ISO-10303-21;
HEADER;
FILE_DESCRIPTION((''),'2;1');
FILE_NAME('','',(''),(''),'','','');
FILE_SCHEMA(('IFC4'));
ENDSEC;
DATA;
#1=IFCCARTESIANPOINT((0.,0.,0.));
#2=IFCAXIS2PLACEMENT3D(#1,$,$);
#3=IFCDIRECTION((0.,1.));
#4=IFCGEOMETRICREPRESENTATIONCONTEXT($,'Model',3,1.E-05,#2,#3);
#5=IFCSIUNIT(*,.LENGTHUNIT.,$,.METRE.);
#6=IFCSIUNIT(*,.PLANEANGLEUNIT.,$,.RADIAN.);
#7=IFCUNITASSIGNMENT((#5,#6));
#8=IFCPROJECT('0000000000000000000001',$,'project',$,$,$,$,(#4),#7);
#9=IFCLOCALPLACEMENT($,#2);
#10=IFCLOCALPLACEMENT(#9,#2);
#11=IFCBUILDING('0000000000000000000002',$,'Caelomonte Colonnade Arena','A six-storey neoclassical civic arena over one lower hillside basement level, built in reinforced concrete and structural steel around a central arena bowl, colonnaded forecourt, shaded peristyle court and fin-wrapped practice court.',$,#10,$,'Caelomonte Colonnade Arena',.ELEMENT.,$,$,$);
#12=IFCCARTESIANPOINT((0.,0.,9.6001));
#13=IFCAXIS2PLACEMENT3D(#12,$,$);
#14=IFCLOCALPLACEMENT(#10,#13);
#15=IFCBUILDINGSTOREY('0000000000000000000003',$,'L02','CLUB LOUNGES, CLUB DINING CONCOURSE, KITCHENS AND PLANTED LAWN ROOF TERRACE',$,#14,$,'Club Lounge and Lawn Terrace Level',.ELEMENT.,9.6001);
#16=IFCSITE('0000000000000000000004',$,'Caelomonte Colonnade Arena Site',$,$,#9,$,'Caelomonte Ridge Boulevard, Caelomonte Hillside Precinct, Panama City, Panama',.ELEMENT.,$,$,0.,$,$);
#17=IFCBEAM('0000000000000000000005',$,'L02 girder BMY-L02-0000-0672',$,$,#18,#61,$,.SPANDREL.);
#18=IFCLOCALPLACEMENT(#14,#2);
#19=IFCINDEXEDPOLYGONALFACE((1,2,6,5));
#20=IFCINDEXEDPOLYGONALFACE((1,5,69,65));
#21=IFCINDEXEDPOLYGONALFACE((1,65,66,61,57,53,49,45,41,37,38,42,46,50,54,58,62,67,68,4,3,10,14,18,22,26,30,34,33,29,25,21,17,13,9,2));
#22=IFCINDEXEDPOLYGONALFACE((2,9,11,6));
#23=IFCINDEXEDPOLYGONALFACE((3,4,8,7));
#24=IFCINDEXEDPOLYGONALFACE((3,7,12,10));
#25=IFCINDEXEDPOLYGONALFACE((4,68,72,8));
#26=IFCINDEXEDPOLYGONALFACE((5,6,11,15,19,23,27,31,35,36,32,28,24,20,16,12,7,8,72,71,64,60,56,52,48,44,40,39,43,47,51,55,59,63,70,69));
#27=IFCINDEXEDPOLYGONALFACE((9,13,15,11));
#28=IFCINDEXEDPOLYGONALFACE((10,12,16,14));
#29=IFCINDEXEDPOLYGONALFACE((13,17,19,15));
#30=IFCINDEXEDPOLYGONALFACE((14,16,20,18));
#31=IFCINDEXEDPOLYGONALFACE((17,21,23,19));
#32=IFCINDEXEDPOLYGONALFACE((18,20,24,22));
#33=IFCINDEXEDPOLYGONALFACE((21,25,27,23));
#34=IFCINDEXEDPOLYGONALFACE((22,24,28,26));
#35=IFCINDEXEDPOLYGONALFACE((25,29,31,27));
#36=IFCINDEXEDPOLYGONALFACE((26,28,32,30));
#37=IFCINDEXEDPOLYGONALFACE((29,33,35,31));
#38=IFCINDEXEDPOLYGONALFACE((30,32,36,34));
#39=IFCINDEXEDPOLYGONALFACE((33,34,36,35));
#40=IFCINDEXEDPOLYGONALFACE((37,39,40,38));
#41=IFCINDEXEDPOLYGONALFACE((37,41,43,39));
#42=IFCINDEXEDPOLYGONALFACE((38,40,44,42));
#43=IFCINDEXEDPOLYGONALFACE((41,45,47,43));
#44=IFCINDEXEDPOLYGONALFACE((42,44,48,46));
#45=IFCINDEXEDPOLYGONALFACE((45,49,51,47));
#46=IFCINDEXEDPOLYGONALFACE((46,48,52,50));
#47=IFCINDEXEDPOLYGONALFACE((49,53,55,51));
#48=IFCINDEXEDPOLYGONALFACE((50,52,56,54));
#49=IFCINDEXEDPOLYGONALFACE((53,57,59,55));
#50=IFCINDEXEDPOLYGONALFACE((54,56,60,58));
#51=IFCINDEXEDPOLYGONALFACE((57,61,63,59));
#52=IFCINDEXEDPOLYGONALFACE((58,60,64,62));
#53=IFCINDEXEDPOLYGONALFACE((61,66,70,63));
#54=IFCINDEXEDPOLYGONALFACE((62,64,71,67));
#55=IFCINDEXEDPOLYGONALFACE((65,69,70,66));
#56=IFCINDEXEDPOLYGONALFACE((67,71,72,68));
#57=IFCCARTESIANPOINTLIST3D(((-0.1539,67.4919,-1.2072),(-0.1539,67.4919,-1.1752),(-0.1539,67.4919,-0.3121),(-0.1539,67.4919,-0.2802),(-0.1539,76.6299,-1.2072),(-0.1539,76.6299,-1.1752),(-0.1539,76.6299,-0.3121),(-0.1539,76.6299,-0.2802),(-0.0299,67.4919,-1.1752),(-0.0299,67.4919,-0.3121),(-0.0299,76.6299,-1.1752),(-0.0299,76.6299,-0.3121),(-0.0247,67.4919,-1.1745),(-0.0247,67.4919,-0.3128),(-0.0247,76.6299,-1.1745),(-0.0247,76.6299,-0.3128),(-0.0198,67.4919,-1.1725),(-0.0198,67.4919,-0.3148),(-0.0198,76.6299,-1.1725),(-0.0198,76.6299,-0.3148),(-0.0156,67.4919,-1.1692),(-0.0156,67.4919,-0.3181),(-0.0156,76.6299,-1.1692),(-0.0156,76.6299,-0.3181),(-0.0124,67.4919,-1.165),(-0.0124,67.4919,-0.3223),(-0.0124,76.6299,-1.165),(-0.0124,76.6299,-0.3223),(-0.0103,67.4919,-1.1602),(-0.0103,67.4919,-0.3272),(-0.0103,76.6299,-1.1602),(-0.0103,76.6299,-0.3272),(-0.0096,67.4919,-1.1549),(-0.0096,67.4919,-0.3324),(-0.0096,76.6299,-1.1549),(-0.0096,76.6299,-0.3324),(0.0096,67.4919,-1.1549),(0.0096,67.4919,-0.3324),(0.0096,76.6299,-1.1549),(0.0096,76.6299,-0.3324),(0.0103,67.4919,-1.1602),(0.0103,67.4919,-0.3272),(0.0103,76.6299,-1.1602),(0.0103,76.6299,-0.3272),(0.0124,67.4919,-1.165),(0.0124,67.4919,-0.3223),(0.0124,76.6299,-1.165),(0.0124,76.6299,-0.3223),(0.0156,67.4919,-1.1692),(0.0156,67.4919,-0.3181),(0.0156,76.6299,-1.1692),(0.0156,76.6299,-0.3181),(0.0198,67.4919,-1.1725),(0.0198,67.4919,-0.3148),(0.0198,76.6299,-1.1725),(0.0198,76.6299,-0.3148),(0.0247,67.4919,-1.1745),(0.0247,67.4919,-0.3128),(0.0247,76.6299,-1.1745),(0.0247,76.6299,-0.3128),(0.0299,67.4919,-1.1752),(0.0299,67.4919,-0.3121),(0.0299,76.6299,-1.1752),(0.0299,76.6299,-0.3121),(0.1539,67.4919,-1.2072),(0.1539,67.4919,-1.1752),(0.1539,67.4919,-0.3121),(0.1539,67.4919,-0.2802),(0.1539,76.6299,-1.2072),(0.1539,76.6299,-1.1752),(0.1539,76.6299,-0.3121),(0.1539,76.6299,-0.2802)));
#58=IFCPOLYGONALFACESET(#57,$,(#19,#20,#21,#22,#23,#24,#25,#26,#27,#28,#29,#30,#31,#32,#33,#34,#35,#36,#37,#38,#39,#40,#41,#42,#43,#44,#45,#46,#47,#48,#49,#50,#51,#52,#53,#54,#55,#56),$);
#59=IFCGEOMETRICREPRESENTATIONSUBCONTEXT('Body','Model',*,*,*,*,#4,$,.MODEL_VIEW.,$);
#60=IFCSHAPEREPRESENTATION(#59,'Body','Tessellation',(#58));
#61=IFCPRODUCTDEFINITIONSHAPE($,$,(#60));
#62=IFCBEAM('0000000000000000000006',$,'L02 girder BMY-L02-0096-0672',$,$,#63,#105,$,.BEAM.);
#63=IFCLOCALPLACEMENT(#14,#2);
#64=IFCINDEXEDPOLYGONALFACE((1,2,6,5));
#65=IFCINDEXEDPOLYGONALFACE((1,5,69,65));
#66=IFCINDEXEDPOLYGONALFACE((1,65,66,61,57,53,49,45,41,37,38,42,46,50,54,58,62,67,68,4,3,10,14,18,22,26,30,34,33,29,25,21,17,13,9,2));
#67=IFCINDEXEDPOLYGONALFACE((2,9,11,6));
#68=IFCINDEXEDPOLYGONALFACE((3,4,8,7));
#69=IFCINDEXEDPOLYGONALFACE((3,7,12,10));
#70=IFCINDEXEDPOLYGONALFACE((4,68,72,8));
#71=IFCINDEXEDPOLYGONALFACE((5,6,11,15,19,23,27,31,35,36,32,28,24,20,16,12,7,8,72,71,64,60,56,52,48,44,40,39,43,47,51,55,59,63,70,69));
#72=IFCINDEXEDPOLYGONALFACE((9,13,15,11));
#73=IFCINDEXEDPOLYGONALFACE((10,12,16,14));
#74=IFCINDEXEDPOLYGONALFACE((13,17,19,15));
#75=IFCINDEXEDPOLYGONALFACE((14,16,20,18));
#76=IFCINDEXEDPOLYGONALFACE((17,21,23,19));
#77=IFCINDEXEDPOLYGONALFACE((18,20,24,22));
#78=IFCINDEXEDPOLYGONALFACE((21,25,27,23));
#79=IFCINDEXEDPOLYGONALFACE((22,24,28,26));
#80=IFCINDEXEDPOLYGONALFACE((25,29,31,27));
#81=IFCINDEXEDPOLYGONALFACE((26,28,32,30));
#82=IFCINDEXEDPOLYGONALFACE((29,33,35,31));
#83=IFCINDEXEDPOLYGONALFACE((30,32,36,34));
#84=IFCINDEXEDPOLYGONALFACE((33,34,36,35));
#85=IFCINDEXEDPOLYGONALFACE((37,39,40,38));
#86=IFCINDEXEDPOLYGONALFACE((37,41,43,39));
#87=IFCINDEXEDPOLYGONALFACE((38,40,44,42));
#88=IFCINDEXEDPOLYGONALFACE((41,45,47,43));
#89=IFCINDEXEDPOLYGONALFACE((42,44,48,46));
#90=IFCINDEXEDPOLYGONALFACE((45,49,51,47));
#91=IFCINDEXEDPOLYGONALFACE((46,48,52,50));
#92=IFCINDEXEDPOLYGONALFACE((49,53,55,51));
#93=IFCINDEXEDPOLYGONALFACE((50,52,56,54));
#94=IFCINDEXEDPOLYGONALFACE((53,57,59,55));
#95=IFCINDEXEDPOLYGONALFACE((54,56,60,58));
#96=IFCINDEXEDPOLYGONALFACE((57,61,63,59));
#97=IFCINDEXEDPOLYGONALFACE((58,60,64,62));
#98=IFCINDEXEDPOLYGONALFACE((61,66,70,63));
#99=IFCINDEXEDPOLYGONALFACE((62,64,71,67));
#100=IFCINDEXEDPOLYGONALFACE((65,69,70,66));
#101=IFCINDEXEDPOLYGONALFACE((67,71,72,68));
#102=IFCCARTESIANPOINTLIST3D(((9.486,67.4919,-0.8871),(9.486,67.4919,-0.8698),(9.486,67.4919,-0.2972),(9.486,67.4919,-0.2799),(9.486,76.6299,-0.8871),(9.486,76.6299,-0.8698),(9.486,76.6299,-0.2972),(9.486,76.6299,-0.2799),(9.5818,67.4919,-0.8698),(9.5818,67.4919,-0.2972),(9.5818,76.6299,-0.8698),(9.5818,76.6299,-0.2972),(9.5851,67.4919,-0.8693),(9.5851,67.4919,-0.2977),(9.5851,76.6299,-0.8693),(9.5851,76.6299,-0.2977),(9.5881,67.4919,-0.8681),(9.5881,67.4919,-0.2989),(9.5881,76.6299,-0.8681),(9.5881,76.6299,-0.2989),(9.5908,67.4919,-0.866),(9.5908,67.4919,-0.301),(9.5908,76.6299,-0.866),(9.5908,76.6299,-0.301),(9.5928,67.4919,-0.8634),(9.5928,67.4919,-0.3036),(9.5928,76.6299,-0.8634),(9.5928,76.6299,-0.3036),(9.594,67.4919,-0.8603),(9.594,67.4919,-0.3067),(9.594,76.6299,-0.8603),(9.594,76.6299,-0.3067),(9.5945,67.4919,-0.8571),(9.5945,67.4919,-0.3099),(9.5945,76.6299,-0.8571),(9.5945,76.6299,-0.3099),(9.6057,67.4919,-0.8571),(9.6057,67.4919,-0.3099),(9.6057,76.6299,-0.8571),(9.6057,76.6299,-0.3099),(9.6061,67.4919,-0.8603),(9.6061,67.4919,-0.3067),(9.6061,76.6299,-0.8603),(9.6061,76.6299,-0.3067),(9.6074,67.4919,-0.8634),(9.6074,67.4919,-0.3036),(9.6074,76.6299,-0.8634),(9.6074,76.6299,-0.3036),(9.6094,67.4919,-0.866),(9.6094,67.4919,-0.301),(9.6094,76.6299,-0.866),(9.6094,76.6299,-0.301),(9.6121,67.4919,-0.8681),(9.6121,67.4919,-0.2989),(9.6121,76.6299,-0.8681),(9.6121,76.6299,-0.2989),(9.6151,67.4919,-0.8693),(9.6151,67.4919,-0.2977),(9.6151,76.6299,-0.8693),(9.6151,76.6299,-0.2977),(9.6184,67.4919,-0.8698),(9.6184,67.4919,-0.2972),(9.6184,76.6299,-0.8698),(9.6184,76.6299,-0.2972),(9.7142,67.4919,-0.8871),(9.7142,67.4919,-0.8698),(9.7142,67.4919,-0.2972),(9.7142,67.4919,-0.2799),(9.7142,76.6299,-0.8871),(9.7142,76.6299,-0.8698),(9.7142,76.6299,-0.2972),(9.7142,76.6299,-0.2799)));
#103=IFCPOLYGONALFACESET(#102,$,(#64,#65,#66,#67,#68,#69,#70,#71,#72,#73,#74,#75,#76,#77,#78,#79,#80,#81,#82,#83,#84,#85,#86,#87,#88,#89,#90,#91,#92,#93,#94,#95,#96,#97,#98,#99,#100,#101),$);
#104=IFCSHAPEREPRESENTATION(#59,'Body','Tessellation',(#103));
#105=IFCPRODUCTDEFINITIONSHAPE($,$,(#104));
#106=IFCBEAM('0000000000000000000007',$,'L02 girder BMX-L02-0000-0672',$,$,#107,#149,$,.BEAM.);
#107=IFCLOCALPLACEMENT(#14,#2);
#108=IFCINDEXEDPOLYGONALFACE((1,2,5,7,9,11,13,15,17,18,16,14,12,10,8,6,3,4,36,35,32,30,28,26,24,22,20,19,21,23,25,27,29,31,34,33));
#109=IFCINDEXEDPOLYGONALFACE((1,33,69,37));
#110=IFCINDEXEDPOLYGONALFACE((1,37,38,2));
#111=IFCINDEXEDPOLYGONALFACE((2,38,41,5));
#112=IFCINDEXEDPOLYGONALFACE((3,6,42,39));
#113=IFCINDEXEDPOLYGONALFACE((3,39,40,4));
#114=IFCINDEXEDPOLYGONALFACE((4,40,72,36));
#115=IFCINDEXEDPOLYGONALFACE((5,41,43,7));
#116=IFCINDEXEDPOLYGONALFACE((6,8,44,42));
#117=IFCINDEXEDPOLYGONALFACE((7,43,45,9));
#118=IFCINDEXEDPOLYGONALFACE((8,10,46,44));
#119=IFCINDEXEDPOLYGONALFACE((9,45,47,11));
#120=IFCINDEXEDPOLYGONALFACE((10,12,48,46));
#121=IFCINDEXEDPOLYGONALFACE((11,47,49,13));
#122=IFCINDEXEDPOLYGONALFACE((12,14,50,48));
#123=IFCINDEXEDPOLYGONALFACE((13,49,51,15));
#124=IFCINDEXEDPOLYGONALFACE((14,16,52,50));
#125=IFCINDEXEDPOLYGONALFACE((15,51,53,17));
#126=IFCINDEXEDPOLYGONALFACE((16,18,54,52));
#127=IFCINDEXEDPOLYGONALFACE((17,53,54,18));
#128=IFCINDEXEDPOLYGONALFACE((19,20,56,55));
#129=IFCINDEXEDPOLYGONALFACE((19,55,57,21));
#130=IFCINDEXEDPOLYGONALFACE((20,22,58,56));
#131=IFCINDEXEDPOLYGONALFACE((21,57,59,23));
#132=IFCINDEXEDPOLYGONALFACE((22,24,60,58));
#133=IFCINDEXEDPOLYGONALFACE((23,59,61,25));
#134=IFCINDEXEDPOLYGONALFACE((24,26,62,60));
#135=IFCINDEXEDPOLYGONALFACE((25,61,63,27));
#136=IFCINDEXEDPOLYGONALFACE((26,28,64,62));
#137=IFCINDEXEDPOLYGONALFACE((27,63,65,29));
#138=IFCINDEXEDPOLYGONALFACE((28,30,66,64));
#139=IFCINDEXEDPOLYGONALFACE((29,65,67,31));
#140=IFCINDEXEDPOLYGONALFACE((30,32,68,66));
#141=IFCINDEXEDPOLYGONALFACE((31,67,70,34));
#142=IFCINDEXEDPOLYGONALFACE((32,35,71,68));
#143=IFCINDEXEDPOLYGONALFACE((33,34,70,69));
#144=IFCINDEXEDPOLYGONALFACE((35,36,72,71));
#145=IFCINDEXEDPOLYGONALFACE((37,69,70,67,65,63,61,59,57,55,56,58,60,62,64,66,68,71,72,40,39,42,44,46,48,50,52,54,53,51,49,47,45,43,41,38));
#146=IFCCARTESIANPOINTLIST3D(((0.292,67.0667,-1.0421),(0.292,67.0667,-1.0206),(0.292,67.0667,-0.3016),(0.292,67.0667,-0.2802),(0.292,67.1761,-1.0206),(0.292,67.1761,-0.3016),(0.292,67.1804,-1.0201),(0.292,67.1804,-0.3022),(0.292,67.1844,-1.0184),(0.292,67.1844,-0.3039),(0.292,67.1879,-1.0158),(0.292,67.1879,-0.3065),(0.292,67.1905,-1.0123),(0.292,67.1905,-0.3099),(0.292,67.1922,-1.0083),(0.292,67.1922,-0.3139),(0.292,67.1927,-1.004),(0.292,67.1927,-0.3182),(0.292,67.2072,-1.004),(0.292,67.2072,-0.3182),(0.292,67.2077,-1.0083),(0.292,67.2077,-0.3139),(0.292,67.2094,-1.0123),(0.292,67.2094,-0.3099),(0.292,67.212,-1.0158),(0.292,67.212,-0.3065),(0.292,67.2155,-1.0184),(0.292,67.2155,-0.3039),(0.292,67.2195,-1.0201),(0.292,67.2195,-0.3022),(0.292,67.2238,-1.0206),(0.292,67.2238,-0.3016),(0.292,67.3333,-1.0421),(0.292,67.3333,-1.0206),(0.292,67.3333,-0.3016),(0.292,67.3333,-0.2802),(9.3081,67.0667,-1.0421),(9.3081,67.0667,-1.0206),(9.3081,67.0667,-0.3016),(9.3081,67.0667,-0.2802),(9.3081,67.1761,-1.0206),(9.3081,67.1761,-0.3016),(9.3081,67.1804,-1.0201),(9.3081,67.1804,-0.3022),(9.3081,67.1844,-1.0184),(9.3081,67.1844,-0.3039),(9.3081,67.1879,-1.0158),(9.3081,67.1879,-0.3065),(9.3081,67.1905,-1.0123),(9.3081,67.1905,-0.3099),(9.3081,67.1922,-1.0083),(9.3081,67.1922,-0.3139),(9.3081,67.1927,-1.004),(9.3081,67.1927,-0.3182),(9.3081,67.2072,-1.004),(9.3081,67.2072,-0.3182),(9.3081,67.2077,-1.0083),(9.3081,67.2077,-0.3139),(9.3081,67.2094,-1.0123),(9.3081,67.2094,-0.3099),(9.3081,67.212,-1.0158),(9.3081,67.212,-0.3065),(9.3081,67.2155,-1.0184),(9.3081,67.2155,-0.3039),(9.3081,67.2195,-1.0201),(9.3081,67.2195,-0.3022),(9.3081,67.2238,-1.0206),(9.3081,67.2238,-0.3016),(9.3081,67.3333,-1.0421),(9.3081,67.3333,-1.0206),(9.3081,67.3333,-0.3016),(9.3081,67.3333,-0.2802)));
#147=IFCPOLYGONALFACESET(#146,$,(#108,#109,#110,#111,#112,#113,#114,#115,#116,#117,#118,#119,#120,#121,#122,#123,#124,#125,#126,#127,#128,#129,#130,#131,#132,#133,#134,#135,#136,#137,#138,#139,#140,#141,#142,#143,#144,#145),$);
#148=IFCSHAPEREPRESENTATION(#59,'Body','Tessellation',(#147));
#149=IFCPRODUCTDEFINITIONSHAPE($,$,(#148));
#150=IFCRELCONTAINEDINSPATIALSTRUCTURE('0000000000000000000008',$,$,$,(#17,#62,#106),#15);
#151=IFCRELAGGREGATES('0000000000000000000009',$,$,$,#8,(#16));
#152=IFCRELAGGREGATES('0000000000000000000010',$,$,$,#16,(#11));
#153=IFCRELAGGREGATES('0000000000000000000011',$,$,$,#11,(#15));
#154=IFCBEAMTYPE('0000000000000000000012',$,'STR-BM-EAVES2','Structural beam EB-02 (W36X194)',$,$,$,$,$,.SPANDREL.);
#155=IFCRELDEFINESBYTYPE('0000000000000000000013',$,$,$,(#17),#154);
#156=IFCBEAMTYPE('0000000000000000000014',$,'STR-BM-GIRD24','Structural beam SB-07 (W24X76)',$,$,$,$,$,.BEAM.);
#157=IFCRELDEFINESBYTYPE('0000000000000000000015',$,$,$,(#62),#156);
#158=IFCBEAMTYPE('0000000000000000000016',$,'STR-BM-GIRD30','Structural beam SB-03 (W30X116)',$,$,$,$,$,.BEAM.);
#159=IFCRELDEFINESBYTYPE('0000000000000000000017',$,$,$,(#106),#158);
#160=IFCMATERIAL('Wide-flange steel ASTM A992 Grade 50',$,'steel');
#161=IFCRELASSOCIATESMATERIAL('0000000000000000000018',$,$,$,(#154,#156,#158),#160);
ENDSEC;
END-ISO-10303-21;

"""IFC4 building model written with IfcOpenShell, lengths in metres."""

from ifc_helpers import new_model, si_unit, direction, frame, origin, origin_2d, place, context, subcontext, project, spatial, i_section, extrude, material, material_profile, profile_set, type_object, element, save


model = new_model("IFC4")

# Units and contexts
model_context = context("Model", 3, precision=1e-05, world=origin(), true_north=direction((0.0, 1.0)))
body_context = subcontext(model_context, "Body", "Model", "MODEL_VIEW")
ifc_project = project(units=[si_unit("LENGTHUNIT", "METRE"), si_unit("PLANEANGLEUNIT", "RADIAN")], contexts=[model_context])

# Site, building, storey
site_placement = place(None, origin())
site = spatial("IfcSite", under=ifc_project, at=site_placement, Name="Caelomonte Colonnade Arena Site", LongName="Caelomonte Ridge Boulevard, Caelomonte Hillside Precinct, Panama City, Panama", CompositionType="ELEMENT", RefElevation=0.0)
building_placement = place(site_placement, origin())
building = spatial("IfcBuilding", under=site, at=building_placement, Name="Caelomonte Colonnade Arena", Description="A six-storey neoclassical civic arena over one lower hillside basement level, built in reinforced concrete and structural steel around a central arena bowl, colonnaded forecourt, shaded peristyle court and fin-wrapped practice court.", LongName="Caelomonte Colonnade Arena", CompositionType="ELEMENT")
storey_placement = place(building_placement, frame((0.0, 0.0, 9.6001)))
storey = spatial("IfcBuildingStorey", under=building, at=storey_placement, Name="L02", Description="CLUB LOUNGES, CLUB DINING CONCOURSE, KITCHENS AND PLANTED LAWN ROOF TERRACE", LongName="Club Lounge and Lawn Terrace Level", CompositionType="ELEMENT", Elevation=9.6001)

# Beams
ifc_material_1 = material(Name="Wide-flange steel ASTM A992 Grade 50", Category="steel")
ifc_material_profile_1 = material_profile(ifc_material_1, i_section(OverallWidth=0.3079, OverallDepth=0.927, WebThickness=0.0193, FlangeThickness=0.032, FilletRadius=0.0203, at=origin_2d()), Name="W36X194")
ifc_profile_set_1 = profile_set([ifc_material_profile_1], Name="Wide-flange steel ASTM A992 Grade 50")
beam_type_1 = type_object("IfcBeamType", Name="STR-BM-EAVES2", Description="Structural beam EB-02 (W36X194)", PredefinedType="SPANDREL", material=ifc_profile_set_1)
beam_1_placement = place(storey_placement, frame((0.0, 67.4919, -0.7437), z_axis=(0.0, 1.0, 0.0), x_axis=(-1.0, 0.0, 0.0)))
element("IfcBeam", 1, at=beam_1_placement, inside=storey, type_object=beam_type_1, Name="L02 girder BMY-L02-0000-0672", PredefinedType="SPANDREL", context=body_context, shape_type="SweptSolid", body=[
    extrude(i_section(OverallWidth=0.3079, OverallDepth=0.927, WebThickness=0.0193, FlangeThickness=0.032, FilletRadius=0.0203, at=origin_2d()), origin(), (0.0, 0.0, 1.0), 9.1379),
])
ifc_material_profile_2 = material_profile(ifc_material_1, i_section(OverallWidth=0.2283, OverallDepth=0.6072, WebThickness=0.0112, FlangeThickness=0.0173, FilletRadius=0.0127, at=origin_2d()), Name="W24X76")
ifc_profile_set_2 = profile_set([ifc_material_profile_2], Name="Wide-flange steel ASTM A992 Grade 50")
beam_type_2 = type_object("IfcBeamType", Name="STR-BM-GIRD24", Description="Structural beam SB-07 (W24X76)", PredefinedType="BEAM", material=ifc_profile_set_2)
beam_2_placement = place(storey_placement, frame((9.6001, 67.4919, -0.5835), z_axis=(0.0, 1.0, 0.0), x_axis=(-1.0, 0.0, 0.0)))
element("IfcBeam", 2, at=beam_2_placement, inside=storey, type_object=beam_type_2, Name="L02 girder BMY-L02-0096-0672", PredefinedType="BEAM", context=body_context, shape_type="SweptSolid", body=[
    extrude(i_section(OverallWidth=0.2283, OverallDepth=0.6072, WebThickness=0.0112, FlangeThickness=0.0173, FilletRadius=0.0127, at=origin_2d()), origin(), (0.0, 0.0, 1.0), 9.1379),
])
ifc_material_profile_3 = material_profile(ifc_material_1, i_section(OverallWidth=0.2666, OverallDepth=0.762, WebThickness=0.0144, FlangeThickness=0.0215, FilletRadius=0.0166, at=origin_2d()), Name="W30X116")
ifc_profile_set_3 = profile_set([ifc_material_profile_3], Name="Wide-flange steel ASTM A992 Grade 50")
beam_type_3 = type_object("IfcBeamType", Name="STR-BM-GIRD30", Description="Structural beam SB-03 (W30X116)", PredefinedType="BEAM", material=ifc_profile_set_3)
beam_3_placement = place(storey_placement, frame((0.292, 67.2, -0.6611), z_axis=(1.0, 0.0, 0.0), x_axis=(0.0, 1.0, 0.0)))
element("IfcBeam", 3, at=beam_3_placement, inside=storey, type_object=beam_type_3, Name="L02 girder BMX-L02-0000-0672", PredefinedType="BEAM", context=body_context, shape_type="SweptSolid", body=[
    extrude(i_section(OverallWidth=0.2666, OverallDepth=0.762, WebThickness=0.0144, FlangeThickness=0.0215, FilletRadius=0.0166, at=origin_2d()), origin(), (0.0, 0.0, 1.0), 9.0161),
])

save(model, "model.ifc")
